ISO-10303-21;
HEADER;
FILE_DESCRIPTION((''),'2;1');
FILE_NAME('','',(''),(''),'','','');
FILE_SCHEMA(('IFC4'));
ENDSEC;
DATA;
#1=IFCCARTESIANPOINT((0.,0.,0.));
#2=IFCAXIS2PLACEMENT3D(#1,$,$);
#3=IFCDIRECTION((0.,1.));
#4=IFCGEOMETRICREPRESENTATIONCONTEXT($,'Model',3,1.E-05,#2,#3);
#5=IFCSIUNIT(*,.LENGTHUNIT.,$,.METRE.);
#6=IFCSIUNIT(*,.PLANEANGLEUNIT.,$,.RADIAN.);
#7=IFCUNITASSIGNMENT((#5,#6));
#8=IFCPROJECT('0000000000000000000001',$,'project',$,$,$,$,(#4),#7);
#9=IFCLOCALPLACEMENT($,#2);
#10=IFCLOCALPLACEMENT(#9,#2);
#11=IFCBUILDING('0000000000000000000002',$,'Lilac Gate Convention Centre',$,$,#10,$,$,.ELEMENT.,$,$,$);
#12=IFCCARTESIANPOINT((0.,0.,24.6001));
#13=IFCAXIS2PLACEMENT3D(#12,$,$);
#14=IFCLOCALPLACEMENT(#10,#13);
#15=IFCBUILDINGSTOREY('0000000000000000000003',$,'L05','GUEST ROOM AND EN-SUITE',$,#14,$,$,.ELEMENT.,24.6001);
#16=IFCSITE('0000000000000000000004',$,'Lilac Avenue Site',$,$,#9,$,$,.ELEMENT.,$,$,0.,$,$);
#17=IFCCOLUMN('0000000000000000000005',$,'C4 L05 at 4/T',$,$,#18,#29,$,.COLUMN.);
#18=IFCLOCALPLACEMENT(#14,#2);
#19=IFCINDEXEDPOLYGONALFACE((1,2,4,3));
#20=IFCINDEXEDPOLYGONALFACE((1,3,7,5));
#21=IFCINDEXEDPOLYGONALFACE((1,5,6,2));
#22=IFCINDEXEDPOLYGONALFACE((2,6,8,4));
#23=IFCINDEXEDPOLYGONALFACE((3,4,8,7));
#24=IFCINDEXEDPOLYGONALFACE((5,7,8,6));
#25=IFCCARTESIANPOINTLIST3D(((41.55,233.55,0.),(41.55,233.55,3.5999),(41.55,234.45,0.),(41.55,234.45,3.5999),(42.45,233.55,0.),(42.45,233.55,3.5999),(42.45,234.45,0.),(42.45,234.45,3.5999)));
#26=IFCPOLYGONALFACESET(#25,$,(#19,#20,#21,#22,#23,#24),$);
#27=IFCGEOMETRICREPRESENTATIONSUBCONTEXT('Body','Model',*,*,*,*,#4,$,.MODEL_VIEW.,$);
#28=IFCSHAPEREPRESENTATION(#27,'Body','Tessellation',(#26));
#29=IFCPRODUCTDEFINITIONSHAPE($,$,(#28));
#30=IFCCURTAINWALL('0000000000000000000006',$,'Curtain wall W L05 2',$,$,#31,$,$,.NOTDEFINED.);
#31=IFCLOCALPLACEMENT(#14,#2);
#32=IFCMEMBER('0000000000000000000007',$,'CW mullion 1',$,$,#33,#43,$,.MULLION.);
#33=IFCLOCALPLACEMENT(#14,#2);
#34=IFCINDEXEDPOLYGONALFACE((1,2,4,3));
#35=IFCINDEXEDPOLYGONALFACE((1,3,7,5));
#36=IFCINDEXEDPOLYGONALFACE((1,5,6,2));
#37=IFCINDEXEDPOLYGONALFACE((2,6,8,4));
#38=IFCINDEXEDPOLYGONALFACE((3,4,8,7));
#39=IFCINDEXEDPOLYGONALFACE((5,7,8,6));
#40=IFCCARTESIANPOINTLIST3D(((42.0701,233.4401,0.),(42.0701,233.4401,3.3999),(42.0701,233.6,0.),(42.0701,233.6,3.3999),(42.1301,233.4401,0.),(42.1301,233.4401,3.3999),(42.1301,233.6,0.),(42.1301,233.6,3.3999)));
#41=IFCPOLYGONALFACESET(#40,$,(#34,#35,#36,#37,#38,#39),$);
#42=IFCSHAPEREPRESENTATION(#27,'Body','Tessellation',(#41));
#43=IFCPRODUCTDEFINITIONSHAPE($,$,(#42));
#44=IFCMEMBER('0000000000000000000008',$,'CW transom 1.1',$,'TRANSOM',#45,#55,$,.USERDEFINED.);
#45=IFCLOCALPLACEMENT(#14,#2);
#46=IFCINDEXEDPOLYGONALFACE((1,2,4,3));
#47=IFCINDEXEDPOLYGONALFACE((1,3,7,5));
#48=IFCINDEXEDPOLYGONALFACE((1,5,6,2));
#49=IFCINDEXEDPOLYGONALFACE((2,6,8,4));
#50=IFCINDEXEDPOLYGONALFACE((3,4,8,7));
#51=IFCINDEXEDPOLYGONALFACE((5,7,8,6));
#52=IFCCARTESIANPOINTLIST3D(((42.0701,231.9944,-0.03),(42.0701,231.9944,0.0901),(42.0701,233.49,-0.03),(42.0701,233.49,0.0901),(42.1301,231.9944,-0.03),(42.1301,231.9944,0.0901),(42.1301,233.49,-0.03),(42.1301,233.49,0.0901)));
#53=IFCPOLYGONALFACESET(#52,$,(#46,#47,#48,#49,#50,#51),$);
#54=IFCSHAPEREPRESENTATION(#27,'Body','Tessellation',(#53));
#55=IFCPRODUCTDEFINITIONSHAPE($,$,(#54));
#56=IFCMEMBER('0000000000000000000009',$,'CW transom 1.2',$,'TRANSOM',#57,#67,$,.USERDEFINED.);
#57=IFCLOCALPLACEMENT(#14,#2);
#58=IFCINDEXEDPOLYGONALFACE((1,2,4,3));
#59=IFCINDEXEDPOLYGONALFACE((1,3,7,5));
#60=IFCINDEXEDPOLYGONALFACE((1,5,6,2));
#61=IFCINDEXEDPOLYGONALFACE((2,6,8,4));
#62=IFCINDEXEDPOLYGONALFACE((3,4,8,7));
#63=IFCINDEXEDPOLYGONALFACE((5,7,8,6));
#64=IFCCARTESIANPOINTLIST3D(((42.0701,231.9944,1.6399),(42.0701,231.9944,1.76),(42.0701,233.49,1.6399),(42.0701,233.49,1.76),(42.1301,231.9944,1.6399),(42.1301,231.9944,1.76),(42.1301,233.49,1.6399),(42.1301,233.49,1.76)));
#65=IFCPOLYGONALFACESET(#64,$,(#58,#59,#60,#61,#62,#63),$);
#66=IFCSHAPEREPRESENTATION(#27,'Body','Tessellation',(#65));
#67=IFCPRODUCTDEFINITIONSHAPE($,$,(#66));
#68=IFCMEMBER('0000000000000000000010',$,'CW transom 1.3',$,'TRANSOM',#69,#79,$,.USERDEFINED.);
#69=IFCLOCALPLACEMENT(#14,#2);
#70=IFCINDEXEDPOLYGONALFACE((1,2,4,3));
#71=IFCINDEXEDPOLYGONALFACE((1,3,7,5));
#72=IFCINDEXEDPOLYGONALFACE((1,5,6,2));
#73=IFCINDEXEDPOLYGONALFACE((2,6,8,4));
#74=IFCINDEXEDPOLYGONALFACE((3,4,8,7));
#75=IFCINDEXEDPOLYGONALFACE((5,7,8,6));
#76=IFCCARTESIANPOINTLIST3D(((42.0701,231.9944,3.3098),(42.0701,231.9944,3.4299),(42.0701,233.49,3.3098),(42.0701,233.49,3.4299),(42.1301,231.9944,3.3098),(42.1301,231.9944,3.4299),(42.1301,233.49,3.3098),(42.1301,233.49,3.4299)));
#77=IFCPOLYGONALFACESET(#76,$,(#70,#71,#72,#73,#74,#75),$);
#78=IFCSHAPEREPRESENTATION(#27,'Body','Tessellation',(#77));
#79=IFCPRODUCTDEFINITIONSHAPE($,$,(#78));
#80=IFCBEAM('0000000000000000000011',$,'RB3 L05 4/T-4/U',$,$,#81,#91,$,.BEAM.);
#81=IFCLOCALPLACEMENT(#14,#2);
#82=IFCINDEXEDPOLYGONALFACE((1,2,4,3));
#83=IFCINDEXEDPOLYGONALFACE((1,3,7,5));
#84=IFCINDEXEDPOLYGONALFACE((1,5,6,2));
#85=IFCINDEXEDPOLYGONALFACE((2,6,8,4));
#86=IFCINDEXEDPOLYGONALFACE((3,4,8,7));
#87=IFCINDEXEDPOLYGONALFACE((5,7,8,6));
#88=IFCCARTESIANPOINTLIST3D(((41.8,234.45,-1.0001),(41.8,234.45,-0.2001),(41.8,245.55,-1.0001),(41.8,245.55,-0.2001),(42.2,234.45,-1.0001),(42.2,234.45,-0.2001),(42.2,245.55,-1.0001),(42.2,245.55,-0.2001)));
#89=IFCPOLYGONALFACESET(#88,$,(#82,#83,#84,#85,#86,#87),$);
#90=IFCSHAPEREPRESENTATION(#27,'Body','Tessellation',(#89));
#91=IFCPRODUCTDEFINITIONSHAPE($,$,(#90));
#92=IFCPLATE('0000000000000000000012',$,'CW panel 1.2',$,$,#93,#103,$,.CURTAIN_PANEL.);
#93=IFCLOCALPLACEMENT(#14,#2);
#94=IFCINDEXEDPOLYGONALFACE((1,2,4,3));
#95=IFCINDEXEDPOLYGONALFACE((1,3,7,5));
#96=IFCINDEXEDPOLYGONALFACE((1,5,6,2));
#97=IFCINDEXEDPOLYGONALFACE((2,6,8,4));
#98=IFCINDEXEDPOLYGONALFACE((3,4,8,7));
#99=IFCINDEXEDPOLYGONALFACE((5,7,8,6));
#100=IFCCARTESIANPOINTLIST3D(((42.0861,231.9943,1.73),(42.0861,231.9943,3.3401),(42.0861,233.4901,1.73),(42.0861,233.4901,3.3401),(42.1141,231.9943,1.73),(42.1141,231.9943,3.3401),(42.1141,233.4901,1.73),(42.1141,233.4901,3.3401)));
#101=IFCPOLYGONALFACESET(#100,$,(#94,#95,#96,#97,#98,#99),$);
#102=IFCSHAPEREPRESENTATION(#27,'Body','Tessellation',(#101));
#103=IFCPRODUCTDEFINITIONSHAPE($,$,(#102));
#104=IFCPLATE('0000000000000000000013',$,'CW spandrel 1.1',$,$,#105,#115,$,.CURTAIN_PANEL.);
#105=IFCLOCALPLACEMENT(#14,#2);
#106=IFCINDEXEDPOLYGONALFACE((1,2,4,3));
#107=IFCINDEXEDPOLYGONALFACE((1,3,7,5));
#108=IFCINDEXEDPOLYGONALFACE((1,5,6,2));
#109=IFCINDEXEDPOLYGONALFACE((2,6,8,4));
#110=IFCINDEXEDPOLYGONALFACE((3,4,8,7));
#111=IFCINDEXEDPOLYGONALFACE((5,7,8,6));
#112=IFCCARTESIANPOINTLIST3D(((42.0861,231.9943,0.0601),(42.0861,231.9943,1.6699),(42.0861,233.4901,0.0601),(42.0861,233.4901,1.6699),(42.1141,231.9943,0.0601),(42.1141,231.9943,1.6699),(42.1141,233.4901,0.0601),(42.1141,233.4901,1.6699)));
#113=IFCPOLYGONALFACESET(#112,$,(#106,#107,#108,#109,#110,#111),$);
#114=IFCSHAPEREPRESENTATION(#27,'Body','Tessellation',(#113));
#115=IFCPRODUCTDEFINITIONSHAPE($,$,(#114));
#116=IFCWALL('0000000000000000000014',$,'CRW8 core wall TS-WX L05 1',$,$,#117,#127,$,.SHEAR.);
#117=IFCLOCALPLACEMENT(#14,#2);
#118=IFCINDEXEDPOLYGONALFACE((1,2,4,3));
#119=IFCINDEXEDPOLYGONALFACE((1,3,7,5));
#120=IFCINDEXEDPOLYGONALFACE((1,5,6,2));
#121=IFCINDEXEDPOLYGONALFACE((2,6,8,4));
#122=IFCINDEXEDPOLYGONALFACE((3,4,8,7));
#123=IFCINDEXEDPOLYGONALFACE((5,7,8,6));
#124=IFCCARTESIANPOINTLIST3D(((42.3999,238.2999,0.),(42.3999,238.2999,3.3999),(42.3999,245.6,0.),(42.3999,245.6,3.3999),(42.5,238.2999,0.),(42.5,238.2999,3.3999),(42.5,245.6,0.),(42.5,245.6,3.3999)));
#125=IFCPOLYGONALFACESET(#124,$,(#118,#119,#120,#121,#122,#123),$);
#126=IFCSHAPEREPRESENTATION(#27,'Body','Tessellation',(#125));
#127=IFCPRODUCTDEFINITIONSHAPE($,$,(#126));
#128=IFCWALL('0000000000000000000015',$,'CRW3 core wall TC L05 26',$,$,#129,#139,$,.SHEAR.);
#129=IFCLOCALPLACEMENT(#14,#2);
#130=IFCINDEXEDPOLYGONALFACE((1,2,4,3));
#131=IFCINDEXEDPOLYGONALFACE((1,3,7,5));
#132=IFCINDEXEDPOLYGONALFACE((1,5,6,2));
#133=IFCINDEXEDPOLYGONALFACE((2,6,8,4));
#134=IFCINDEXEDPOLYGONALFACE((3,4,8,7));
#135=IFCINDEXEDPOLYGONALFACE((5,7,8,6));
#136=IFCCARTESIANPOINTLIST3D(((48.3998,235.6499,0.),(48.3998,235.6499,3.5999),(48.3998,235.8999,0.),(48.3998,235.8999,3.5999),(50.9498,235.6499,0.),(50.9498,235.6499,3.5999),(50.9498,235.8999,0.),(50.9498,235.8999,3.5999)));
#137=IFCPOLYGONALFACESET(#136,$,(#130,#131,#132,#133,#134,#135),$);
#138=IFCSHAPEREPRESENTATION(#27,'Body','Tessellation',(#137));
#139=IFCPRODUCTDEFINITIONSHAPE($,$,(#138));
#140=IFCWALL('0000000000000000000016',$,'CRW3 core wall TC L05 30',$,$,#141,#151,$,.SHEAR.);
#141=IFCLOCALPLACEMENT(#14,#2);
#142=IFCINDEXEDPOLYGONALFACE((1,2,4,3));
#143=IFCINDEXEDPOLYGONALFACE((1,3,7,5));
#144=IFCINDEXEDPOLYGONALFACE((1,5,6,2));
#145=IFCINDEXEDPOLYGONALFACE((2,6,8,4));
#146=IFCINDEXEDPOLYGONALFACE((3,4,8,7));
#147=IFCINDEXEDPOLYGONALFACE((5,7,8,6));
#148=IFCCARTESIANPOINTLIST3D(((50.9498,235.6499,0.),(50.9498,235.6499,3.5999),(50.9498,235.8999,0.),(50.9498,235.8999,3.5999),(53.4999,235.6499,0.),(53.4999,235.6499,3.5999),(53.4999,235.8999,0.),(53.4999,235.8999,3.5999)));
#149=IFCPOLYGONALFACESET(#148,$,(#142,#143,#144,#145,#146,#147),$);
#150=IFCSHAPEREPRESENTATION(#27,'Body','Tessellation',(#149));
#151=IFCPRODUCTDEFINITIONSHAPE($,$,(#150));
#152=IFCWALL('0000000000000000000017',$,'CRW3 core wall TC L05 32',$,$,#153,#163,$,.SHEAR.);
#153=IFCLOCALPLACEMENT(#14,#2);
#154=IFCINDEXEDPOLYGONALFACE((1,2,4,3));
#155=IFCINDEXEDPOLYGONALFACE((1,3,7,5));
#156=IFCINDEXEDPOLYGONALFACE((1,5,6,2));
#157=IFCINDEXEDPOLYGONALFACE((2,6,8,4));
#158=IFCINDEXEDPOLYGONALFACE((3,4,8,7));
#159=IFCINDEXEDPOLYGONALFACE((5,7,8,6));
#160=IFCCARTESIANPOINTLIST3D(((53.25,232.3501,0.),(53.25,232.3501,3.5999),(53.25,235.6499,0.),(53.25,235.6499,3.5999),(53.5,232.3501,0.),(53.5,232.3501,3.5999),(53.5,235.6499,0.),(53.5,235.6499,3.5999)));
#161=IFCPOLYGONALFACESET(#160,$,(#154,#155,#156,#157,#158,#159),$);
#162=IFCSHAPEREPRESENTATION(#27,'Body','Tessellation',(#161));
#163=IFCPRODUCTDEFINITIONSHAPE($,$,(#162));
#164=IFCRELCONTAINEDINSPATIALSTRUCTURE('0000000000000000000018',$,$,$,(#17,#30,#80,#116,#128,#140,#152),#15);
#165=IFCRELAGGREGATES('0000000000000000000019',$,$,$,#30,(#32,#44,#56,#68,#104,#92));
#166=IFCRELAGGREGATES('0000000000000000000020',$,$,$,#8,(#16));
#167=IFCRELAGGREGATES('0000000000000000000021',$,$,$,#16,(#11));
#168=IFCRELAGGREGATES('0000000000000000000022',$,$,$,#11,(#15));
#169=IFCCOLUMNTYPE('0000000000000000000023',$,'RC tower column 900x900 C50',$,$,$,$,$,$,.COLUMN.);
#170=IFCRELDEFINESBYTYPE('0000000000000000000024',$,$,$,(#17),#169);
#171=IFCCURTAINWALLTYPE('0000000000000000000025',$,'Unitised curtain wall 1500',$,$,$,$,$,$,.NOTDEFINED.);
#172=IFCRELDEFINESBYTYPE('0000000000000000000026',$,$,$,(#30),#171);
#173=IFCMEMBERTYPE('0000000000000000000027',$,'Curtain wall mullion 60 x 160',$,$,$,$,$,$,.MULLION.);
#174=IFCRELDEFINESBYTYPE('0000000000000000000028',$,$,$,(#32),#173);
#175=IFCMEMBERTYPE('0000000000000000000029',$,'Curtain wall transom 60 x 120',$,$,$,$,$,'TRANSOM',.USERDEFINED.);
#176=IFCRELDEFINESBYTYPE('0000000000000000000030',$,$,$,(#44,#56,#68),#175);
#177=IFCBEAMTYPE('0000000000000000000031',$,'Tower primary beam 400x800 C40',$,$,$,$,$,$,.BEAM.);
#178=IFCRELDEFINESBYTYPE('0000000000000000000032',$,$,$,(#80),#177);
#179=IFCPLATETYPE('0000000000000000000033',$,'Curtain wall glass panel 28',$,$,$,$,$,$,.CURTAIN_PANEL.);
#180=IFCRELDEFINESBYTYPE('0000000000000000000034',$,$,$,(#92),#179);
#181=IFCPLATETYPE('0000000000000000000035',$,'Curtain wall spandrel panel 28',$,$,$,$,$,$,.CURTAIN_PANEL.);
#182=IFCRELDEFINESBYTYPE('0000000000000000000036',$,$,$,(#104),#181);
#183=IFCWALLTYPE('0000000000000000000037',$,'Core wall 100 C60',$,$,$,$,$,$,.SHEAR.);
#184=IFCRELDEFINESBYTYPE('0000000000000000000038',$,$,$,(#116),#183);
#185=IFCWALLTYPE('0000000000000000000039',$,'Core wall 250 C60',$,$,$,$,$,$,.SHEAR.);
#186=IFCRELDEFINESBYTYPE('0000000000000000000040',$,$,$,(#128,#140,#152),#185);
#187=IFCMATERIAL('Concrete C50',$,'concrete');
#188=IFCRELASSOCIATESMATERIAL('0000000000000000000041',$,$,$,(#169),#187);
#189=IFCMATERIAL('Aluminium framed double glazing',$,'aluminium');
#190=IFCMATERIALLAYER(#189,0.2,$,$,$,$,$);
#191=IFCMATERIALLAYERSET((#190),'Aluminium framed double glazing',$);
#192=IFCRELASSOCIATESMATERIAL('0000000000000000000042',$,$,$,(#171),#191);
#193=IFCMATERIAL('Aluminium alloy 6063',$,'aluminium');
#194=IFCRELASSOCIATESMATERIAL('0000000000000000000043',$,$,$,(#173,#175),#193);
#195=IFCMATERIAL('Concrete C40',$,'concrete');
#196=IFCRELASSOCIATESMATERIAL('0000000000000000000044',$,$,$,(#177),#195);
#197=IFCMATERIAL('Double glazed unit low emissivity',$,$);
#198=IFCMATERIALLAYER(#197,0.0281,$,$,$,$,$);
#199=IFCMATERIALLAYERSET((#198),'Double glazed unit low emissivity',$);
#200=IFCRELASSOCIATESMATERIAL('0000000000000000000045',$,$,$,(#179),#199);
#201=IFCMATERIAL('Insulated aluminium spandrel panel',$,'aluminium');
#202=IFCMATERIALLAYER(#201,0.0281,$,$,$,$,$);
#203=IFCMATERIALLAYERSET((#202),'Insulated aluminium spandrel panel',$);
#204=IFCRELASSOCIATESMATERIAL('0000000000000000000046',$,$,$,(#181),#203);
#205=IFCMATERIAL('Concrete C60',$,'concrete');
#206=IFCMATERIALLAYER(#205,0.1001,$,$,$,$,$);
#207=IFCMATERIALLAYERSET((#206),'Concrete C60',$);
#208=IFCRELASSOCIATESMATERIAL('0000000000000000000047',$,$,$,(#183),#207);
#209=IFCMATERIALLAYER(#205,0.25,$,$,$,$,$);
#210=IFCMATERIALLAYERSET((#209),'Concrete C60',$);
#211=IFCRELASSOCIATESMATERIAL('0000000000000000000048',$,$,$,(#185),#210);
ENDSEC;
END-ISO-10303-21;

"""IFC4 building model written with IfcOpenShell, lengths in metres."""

from ifc_helpers import new_model, si_unit, direction, frame, frame_2d, origin, origin_2d, place, context, subcontext, project, spatial, rectangle, extrude, material, layer, layer_set, material_profile, profile_set, type_object, element, aggregate, save


model = new_model("IFC4")

# Units and contexts
model_context = context("Model", 3, precision=1e-05, world=origin(), true_north=direction((0.0, 1.0)))
body_context = subcontext(model_context, "Body", "Model", "MODEL_VIEW")
ifc_project = project(units=[si_unit("LENGTHUNIT", "METRE"), si_unit("PLANEANGLEUNIT", "RADIAN")], contexts=[model_context])

# Site, building, storey
site_placement = place(None, origin())
site = spatial("IfcSite", under=ifc_project, at=site_placement, Name="Lilac Avenue Site", CompositionType="ELEMENT", RefElevation=0.0)
building_placement = place(site_placement, origin())
building = spatial("IfcBuilding", under=site, at=building_placement, Name="Lilac Gate Convention Centre", CompositionType="ELEMENT")
storey_placement = place(building_placement, frame((0.0, 0.0, 24.6001)))
storey = spatial("IfcBuildingStorey", under=building, at=storey_placement, Name="L05", Description="GUEST ROOM AND EN-SUITE", CompositionType="ELEMENT", Elevation=24.6001)

# Column
ifc_material_1 = material(Name="Concrete C50", Category="concrete")
ifc_material_profile_1 = material_profile(ifc_material_1, rectangle(XDim=0.8999, YDim=0.8999, at=origin_2d()), Name="RC 900x900")
ifc_profile_set_1 = profile_set([ifc_material_profile_1], Name="Concrete C50")
column_type = type_object("IfcColumnType", Name="RC tower column 900x900 C50", PredefinedType="COLUMN", material=ifc_profile_set_1)
column_placement = place(storey_placement, frame((42.0, 234.0, 0.0), z_axis=(0.0, 0.0, 1.0), x_axis=(1.0, 0.0, 0.0)))
element("IfcColumn", 1, at=column_placement, inside=storey, type_object=column_type, Name="C4 L05 at 4/T", PredefinedType="COLUMN", context=body_context, shape_type="SweptSolid", body=[
    extrude(rectangle(XDim=0.8999, YDim=0.8999, at=origin_2d()), origin(), (0.0, 0.0, 1.0), 3.5999),
])

# Curtain wall, members
ifc_material_2 = material(Name="Aluminium framed double glazing", Category="aluminium")
ifc_layer_1 = layer(ifc_material_2, 0.2)
ifc_layer_set_1 = layer_set([ifc_layer_1], Name="Aluminium framed double glazing")
curtain_wall_type = type_object("IfcCurtainWallType", Name="Unitised curtain wall 1500", PredefinedType="NOTDEFINED", material=ifc_layer_set_1)
curtain_wall_placement = place(storey_placement, origin())
curtain_wall = element("IfcCurtainWall", 2, at=curtain_wall_placement, inside=storey, type_object=curtain_wall_type, Name="Curtain wall W L05 2", PredefinedType="NOTDEFINED")
ifc_material_3 = material(Name="Aluminium alloy 6063", Category="aluminium")
ifc_material_profile_2 = material_profile(ifc_material_3, rectangle(XDim=0.0601, YDim=0.1599, at=origin_2d()), Name="Curtain wall mullion 60 x 160")
ifc_profile_set_2 = profile_set([ifc_material_profile_2], Name="Aluminium alloy 6063")
member_type_1 = type_object("IfcMemberType", Name="Curtain wall mullion 60 x 160", PredefinedType="MULLION", material=ifc_profile_set_2)
member_1_placement = place(storey_placement, frame((42.1001, 233.52, 0.0), z_axis=(0.0, 0.0, 1.0), x_axis=(1.0, 0.0, 0.0)))
member_1 = element("IfcMember", 3, at=member_1_placement, type_object=member_type_1, Name="CW mullion 1", PredefinedType="MULLION", context=body_context, shape_type="SweptSolid", body=[
    extrude(rectangle(XDim=0.0601, YDim=0.1599, at=origin_2d()), origin(), (0.0, 0.0, 1.0), 3.3999),
])
ifc_material_profile_3 = material_profile(ifc_material_3, rectangle(XDim=0.0601, YDim=0.1201, at=origin_2d()), Name="Curtain wall transom 60 x 120")
ifc_profile_set_3 = profile_set([ifc_material_profile_3], Name="Aluminium alloy 6063")
member_type_2 = type_object("IfcMemberType", Name="Curtain wall transom 60 x 120", ElementType="TRANSOM", PredefinedType="USERDEFINED", material=ifc_profile_set_3)
member_2_placement = place(storey_placement, frame((42.1001, 233.49, 0.03), z_axis=(0.0, -1.0, 0.0), x_axis=(1.0, 0.0, 0.0)))
member_2 = element("IfcMember", 4, at=member_2_placement, type_object=member_type_2, Name="CW transom 1.1", ObjectType="TRANSOM", PredefinedType="USERDEFINED", context=body_context, shape_type="SweptSolid", body=[
    extrude(rectangle(XDim=0.0601, YDim=0.1201, at=origin_2d()), origin(), (0.0, 0.0, 1.0), 1.4956),
])
member_3_placement = place(storey_placement, frame((42.1001, 233.49, 1.7), z_axis=(0.0, -1.0, 0.0), x_axis=(1.0, 0.0, 0.0)))
member_3 = element("IfcMember", 5, at=member_3_placement, type_object=member_type_2, Name="CW transom 1.2", ObjectType="TRANSOM", PredefinedType="USERDEFINED", context=body_context, shape_type="SweptSolid", body=[
    extrude(rectangle(XDim=0.0601, YDim=0.1201, at=origin_2d()), origin(), (0.0, 0.0, 1.0), 1.4956),
])
member_4_placement = place(storey_placement, frame((42.1001, 233.49, 3.3699), z_axis=(0.0, -1.0, 0.0), x_axis=(1.0, 0.0, 0.0)))
member_4 = element("IfcMember", 6, at=member_4_placement, type_object=member_type_2, Name="CW transom 1.3", ObjectType="TRANSOM", PredefinedType="USERDEFINED", context=body_context, shape_type="SweptSolid", body=[
    extrude(rectangle(XDim=0.0601, YDim=0.1201, at=origin_2d()), origin(), (0.0, 0.0, 1.0), 1.4956),
])

# Beam
ifc_material_4 = material(Name="Concrete C40", Category="concrete")
ifc_material_profile_4 = material_profile(ifc_material_4, rectangle(XDim=0.3999, YDim=0.8, at=origin_2d()), Name="RC 400x800")
ifc_profile_set_4 = profile_set([ifc_material_profile_4], Name="Concrete C40")
beam_type = type_object("IfcBeamType", Name="Tower primary beam 400x800 C40", PredefinedType="BEAM", material=ifc_profile_set_4)
beam_placement = place(storey_placement, frame((42.0, 234.45, -0.6001), z_axis=(0.0, 1.0, 0.0), x_axis=(-1.0, 0.0, 0.0)))
element("IfcBeam", 7, at=beam_placement, inside=storey, type_object=beam_type, Name="RB3 L05 4/T-4/U", PredefinedType="BEAM", context=body_context, shape_type="SweptSolid", body=[
    extrude(rectangle(XDim=0.3999, YDim=0.8, at=origin_2d()), origin(), (0.0, 0.0, 1.0), 11.1001),
])

# Plates
ifc_material_5 = material(Name="Double glazed unit low emissivity")
ifc_layer_2 = layer(ifc_material_5, 0.0281)
ifc_layer_set_2 = layer_set([ifc_layer_2], Name="Double glazed unit low emissivity")
plate_type_1 = type_object("IfcPlateType", Name="Curtain wall glass panel 28", PredefinedType="CURTAIN_PANEL", material=ifc_layer_set_2)
plate_1_placement = place(storey_placement, frame((42.1001, 232.7422, 1.73), z_axis=(0.0, 0.0, 1.0), x_axis=(0.0, -1.0, 0.0)))
plate_1 = element("IfcPlate", 8, at=plate_1_placement, type_object=plate_type_1, Name="CW panel 1.2", PredefinedType="CURTAIN_PANEL", context=body_context, shape_type="SweptSolid", body=[
    extrude(rectangle(XDim=1.4958, YDim=0.0281, at=origin_2d()), origin(), (0.0, 0.0, 1.0), 1.6101),
])
ifc_material_6 = material(Name="Insulated aluminium spandrel panel", Category="aluminium")
ifc_layer_3 = layer(ifc_material_6, 0.0281)
ifc_layer_set_3 = layer_set([ifc_layer_3], Name="Insulated aluminium spandrel panel")
plate_type_2 = type_object("IfcPlateType", Name="Curtain wall spandrel panel 28", PredefinedType="CURTAIN_PANEL", material=ifc_layer_set_3)
plate_2_placement = place(storey_placement, frame((42.1001, 232.7422, 0.0601), z_axis=(0.0, 0.0, 1.0), x_axis=(0.0, -1.0, 0.0)))
plate_2 = element("IfcPlate", 9, at=plate_2_placement, type_object=plate_type_2, Name="CW spandrel 1.1", PredefinedType="CURTAIN_PANEL", context=body_context, shape_type="SweptSolid", body=[
    extrude(rectangle(XDim=1.4958, YDim=0.0281, at=origin_2d()), origin(), (0.0, 0.0, 1.0), 1.6099),
])
aggregate(curtain_wall, [member_1, member_2, member_3, member_4, plate_2, plate_1])

# Walls
ifc_material_7 = material(Name="Concrete C60", Category="concrete")
ifc_layer_4 = layer(ifc_material_7, 0.1001)
ifc_layer_set_4 = layer_set([ifc_layer_4], Name="Concrete C60")
wall_type_1 = type_object("IfcWallType", Name="Core wall 100 C60", PredefinedType="SHEAR", material=ifc_layer_set_4)
wall_1_placement = place(storey_placement, frame((42.45, 238.3, 0.0), z_axis=(0.0, 0.0, 1.0), x_axis=(0.0, 1.0, 0.0)))
element("IfcWall", 10, at=wall_1_placement, inside=storey, type_object=wall_type_1, Name="CRW8 core wall TS-WX L05 1", PredefinedType="SHEAR", context=body_context, shape_type="SweptSolid", body=[
    extrude(rectangle(XDim=7.3, YDim=0.1001, at=frame_2d((3.6499, 0.0))), origin(), (0.0, 0.0, 1.0), 3.3999),
])
ifc_layer_5 = layer(ifc_material_7, 0.25)
ifc_layer_set_5 = layer_set([ifc_layer_5], Name="Concrete C60")
wall_type_2 = type_object("IfcWallType", Name="Core wall 250 C60", PredefinedType="SHEAR", material=ifc_layer_set_5)
for number, where, z_axis, x_axis, name in (
    (11, (48.3999, 235.7749, 0.0), (0.0, 0.0, 1.0), (1.0, 0.0, 0.0), "CRW3 core wall TC L05 26"),
    (12, (50.95, 235.7749, 0.0), (0.0, 0.0, 1.0), (1.0, 0.0, 0.0), "CRW3 core wall TC L05 30"),
):
    element("IfcWall", number, at=place(storey_placement, frame(where, z_axis=z_axis, x_axis=x_axis)), inside=storey, type_object=wall_type_2, Name=name, PredefinedType="SHEAR", context=body_context, shape_type="SweptSolid", body=[
        extrude(rectangle(XDim=2.55, YDim=0.25, at=frame_2d((1.2749, 0.0))), origin(), (0.0, 0.0, 1.0), 3.5999),
    ])
wall_2_placement = place(storey_placement, frame((53.375, 232.3501, 0.0), z_axis=(0.0, 0.0, 1.0), x_axis=(0.0, 1.0, 0.0)))
element("IfcWall", 13, at=wall_2_placement, inside=storey, type_object=wall_type_2, Name="CRW3 core wall TC L05 32", PredefinedType="SHEAR", context=body_context, shape_type="SweptSolid", body=[
    extrude(rectangle(XDim=3.2998, YDim=0.25, at=frame_2d((1.6499, 0.0))), origin(), (0.0, 0.0, 1.0), 3.5999),
])

save(model, "model.ifc")
